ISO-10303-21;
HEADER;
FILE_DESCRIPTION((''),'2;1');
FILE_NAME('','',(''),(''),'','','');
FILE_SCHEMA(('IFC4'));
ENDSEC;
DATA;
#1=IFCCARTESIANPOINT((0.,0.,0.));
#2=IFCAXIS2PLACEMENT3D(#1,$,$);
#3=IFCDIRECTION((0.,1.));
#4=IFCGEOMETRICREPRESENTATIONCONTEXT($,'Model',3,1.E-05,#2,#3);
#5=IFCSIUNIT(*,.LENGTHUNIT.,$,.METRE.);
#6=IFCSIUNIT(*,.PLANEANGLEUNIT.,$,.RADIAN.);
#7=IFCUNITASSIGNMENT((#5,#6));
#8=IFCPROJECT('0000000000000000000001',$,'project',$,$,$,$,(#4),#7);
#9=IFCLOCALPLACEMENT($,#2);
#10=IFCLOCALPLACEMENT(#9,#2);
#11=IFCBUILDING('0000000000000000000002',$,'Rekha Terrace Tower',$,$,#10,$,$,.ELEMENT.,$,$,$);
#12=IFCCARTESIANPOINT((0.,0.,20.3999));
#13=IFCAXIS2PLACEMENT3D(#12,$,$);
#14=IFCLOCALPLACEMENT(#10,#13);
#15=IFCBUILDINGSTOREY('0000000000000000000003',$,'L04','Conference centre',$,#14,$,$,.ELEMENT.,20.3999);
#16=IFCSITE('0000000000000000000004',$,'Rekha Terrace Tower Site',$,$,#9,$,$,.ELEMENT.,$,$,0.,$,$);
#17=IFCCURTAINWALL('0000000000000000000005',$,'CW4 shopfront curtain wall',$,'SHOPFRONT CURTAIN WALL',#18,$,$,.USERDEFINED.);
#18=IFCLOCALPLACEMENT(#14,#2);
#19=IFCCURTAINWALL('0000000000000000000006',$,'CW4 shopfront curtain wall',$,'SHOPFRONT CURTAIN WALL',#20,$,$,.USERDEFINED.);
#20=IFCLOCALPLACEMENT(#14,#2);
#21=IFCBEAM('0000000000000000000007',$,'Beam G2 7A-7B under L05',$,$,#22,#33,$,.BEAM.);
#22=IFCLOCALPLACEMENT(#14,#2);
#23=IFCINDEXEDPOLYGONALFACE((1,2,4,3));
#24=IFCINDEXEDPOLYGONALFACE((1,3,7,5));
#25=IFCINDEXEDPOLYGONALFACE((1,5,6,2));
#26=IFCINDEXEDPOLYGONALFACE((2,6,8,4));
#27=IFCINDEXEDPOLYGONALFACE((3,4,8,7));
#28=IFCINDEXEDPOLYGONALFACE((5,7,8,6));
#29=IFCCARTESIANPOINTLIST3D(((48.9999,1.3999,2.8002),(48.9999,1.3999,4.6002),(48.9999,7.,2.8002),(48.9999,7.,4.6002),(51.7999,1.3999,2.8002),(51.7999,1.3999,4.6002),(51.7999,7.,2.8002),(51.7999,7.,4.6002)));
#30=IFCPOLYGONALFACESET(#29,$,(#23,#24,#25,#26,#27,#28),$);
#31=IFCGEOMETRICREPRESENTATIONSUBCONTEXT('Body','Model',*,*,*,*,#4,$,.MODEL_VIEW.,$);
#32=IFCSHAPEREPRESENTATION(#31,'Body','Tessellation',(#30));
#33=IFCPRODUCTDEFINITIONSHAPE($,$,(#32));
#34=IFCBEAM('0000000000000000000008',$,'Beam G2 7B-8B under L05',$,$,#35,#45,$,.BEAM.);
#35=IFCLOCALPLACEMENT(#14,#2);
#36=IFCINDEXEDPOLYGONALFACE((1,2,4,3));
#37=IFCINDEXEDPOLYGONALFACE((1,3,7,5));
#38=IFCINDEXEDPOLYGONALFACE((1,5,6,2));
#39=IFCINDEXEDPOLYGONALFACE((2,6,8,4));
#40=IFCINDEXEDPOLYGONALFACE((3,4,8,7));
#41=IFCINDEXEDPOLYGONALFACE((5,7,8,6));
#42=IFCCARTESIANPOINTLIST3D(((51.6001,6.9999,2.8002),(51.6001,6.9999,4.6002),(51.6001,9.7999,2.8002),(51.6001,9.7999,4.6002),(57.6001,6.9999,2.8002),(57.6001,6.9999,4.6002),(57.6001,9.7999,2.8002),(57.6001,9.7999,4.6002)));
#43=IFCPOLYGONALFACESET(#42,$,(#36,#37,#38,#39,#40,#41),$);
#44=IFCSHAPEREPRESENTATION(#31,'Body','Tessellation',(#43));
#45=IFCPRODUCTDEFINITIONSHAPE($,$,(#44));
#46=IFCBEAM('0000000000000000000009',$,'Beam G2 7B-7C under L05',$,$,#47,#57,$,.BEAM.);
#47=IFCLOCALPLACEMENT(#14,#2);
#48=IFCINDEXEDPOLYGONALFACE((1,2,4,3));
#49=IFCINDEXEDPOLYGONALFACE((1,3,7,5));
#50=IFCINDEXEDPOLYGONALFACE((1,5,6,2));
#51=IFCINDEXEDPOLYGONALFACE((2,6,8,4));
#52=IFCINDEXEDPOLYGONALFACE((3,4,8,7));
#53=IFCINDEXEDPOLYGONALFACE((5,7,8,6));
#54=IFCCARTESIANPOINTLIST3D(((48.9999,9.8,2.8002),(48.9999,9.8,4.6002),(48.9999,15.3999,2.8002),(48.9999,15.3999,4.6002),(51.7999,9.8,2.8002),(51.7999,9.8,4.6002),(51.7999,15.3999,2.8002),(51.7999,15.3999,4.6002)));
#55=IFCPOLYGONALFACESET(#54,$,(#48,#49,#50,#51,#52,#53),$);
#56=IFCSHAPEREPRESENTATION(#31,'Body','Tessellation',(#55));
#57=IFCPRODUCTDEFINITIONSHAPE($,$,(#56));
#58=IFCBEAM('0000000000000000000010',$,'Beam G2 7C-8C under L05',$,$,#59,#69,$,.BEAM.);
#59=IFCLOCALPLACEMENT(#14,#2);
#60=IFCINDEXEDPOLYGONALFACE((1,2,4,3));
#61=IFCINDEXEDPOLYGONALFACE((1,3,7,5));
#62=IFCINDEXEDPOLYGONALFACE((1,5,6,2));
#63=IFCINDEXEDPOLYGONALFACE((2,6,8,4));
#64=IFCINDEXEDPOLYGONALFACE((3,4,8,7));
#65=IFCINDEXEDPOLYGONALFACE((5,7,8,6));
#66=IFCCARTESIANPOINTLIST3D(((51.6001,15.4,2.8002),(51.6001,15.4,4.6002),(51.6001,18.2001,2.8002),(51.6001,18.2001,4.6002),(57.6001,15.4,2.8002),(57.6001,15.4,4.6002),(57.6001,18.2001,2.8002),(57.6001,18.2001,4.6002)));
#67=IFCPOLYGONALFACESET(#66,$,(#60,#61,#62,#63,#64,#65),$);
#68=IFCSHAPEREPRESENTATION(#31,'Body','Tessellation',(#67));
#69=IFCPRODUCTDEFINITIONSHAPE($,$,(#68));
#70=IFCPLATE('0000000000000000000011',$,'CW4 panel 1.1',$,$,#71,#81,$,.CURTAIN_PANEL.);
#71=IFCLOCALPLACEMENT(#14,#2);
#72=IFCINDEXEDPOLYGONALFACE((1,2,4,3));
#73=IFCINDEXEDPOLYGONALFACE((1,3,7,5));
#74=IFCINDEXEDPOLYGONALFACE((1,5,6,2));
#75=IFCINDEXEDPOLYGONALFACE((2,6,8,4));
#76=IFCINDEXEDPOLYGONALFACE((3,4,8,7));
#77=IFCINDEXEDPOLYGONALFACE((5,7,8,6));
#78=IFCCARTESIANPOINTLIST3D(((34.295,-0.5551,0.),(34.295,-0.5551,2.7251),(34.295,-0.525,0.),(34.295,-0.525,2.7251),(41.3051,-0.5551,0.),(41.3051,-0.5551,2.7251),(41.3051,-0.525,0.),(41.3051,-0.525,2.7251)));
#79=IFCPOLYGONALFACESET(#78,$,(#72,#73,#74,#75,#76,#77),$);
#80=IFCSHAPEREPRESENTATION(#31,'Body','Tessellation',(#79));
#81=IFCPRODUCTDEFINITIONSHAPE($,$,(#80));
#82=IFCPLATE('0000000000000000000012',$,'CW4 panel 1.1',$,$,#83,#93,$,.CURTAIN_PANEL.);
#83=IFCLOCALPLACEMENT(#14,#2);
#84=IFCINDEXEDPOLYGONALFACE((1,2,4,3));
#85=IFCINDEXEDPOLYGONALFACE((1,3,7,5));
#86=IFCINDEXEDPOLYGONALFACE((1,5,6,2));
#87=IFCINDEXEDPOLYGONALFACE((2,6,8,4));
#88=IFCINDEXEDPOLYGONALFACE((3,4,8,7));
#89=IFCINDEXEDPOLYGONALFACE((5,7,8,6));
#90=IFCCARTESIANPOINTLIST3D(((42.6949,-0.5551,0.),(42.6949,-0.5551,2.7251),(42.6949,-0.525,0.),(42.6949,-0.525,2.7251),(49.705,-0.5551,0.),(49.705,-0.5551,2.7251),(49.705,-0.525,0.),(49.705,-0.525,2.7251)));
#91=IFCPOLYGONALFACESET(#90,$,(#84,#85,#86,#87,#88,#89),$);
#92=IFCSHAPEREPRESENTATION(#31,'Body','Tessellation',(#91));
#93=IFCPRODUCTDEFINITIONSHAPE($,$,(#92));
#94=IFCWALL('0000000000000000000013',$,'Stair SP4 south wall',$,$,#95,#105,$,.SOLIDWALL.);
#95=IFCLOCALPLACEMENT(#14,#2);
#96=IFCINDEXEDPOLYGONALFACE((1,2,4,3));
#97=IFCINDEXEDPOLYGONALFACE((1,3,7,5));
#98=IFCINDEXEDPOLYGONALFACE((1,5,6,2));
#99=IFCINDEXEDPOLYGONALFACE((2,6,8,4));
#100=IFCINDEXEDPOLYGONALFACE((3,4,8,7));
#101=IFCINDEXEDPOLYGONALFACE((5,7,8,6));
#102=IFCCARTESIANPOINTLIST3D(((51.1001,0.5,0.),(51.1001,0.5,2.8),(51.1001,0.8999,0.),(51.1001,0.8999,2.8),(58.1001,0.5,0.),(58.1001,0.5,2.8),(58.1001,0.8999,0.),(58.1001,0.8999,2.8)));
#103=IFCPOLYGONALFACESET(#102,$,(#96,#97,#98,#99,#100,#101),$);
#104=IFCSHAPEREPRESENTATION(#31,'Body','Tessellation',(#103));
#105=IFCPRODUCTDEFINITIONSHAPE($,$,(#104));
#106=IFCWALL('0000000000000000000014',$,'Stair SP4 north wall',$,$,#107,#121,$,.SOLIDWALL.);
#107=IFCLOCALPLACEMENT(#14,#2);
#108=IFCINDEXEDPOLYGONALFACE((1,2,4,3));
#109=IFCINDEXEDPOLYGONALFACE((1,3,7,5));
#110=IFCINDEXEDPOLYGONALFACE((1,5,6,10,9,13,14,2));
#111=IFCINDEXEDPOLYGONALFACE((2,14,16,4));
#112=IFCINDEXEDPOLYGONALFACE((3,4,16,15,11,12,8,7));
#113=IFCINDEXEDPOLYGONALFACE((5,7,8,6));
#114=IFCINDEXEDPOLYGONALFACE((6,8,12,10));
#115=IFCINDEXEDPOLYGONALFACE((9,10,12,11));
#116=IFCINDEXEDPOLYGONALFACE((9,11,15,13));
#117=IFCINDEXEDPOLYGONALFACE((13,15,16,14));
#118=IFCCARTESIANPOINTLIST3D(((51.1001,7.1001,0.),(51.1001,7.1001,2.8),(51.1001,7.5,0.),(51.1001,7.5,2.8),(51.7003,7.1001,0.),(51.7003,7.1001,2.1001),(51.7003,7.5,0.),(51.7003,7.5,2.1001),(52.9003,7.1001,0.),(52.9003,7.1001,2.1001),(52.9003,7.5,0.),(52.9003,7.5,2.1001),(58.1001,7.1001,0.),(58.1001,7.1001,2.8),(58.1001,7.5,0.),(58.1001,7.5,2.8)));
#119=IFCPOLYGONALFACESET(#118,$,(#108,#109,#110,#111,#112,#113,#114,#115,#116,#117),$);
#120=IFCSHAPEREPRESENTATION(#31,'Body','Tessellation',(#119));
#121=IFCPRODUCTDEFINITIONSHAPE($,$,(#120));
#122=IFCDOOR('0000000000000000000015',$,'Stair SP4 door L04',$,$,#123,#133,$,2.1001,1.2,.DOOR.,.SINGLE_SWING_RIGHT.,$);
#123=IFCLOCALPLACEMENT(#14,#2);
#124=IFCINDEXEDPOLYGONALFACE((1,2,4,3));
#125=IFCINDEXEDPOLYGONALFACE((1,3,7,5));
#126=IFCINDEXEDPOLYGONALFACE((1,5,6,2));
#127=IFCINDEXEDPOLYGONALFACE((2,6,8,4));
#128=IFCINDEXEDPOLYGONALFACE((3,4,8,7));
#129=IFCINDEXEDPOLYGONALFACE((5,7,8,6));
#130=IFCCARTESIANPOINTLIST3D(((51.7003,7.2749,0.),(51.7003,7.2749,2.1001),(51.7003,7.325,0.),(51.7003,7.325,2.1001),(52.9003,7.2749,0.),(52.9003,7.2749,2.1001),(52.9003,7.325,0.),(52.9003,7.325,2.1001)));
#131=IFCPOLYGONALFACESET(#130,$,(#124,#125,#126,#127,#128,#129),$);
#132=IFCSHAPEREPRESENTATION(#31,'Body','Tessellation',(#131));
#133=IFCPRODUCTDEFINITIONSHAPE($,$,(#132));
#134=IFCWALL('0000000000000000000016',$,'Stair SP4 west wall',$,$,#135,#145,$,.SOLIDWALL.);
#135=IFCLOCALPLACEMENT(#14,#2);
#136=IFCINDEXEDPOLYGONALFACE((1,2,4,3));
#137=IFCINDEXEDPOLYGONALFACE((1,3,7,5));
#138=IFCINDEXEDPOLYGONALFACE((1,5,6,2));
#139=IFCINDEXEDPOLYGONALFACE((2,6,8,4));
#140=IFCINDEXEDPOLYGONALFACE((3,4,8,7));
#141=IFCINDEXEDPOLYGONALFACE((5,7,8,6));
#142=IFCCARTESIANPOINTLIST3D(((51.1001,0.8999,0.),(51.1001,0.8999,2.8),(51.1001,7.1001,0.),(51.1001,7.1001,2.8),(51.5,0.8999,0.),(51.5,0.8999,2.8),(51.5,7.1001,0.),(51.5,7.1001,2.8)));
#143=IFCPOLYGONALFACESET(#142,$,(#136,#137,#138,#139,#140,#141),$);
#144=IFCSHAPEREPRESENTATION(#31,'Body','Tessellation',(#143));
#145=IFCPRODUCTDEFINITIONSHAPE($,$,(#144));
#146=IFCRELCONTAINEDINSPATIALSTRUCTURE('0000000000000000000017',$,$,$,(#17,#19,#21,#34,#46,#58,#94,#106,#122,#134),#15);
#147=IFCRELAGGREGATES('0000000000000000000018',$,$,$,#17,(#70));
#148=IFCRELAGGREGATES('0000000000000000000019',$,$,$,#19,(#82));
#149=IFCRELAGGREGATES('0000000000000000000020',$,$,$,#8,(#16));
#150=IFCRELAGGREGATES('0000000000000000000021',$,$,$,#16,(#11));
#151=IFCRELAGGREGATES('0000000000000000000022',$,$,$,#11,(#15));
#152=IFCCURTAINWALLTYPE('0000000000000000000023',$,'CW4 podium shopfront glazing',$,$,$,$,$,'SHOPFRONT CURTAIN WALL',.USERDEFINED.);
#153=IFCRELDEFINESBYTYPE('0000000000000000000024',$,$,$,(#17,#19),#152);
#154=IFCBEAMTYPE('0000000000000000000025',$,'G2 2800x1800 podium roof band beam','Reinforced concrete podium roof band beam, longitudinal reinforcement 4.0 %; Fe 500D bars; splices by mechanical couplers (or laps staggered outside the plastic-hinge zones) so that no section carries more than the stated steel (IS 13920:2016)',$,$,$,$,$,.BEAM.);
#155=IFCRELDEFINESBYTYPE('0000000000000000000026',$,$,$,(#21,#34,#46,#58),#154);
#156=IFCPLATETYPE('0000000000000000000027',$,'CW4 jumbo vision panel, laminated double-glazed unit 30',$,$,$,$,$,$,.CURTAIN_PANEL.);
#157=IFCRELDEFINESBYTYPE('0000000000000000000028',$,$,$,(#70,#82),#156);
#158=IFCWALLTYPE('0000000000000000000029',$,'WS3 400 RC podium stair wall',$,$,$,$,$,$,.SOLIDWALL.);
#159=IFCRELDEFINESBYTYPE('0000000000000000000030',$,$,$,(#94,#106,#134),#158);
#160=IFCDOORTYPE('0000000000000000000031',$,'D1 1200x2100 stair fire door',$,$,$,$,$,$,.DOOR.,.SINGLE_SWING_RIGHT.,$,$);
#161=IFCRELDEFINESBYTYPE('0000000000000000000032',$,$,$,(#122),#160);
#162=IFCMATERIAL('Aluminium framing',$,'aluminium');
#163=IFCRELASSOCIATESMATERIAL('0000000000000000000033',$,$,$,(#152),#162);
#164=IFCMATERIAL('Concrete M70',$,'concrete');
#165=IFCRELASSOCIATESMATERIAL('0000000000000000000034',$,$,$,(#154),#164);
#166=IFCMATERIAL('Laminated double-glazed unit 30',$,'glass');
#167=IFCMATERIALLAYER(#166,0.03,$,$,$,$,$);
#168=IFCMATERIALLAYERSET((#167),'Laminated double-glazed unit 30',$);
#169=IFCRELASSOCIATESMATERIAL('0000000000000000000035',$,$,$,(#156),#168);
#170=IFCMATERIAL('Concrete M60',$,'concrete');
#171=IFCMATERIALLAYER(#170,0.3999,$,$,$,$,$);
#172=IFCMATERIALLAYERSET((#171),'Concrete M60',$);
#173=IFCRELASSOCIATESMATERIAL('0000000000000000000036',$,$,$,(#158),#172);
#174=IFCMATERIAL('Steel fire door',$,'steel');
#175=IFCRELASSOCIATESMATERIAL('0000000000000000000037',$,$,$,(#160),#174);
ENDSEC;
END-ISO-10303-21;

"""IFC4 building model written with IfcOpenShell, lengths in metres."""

from ifc_helpers import new_model, si_unit, direction, frame, frame_2d, origin, origin_2d, place, context, subcontext, project, spatial, rectangle, extrude, material, layer, layer_set, material_profile, profile_set, type_object, element, fill, aggregate, save


model = new_model("IFC4")

# Units and contexts
model_context = context("Model", 3, precision=1e-05, world=origin(), true_north=direction((0.0, 1.0)))
body_context = subcontext(model_context, "Body", "Model", "MODEL_VIEW")
ifc_project = project(units=[si_unit("LENGTHUNIT", "METRE"), si_unit("PLANEANGLEUNIT", "RADIAN")], contexts=[model_context])

# Site, building, storey
site_placement = place(None, origin())
site = spatial("IfcSite", under=ifc_project, at=site_placement, Name="Rekha Terrace Tower Site", CompositionType="ELEMENT", RefElevation=0.0)
building_placement = place(site_placement, origin())
building = spatial("IfcBuilding", under=site, at=building_placement, Name="Rekha Terrace Tower", CompositionType="ELEMENT")
storey_placement = place(building_placement, frame((0.0, 0.0, 20.3999)))
storey = spatial("IfcBuildingStorey", under=building, at=storey_placement, Name="L04", Description="Conference centre", CompositionType="ELEMENT", Elevation=20.3999)

# Shared definitions
ifc_material_1 = material(Name="Concrete M70", Category="concrete")
ifc_material_2 = material(Name="Concrete M60", Category="concrete")

# Curtain walls
ifc_material_3 = material(Name="Aluminium framing", Category="aluminium")
curtain_wall_type = type_object("IfcCurtainWallType", Name="CW4 podium shopfront glazing", ElementType="SHOPFRONT CURTAIN WALL", PredefinedType="USERDEFINED", material=ifc_material_3)
curtain_wall_1_placement = place(storey_placement, origin())
curtain_wall_1 = element("IfcCurtainWall", 1, at=curtain_wall_1_placement, inside=storey, type_object=curtain_wall_type, Name="CW4 shopfront curtain wall", ObjectType="SHOPFRONT CURTAIN WALL", PredefinedType="USERDEFINED")
curtain_wall_2_placement = place(storey_placement, origin())
curtain_wall_2 = element("IfcCurtainWall", 2, at=curtain_wall_2_placement, inside=storey, type_object=curtain_wall_type, Name="CW4 shopfront curtain wall", ObjectType="SHOPFRONT CURTAIN WALL", PredefinedType="USERDEFINED")

# Beams
ifc_material_profile_1 = material_profile(ifc_material_1, rectangle(XDim=2.8, YDim=1.8, at=origin_2d()), Name="RC 2800x1800")
ifc_profile_set_1 = profile_set([ifc_material_profile_1], Name="Concrete M70")
beam_type = type_object("IfcBeamType", Name="G2 2800x1800 podium roof band beam", Description="Reinforced concrete podium roof band beam, longitudinal reinforcement 4.0 %; Fe 500D bars; splices by mechanical couplers (or laps staggered outside the plastic-hinge zones) so that no section carries more than the stated steel (IS 13920:2016)", PredefinedType="BEAM", material=ifc_profile_set_1)
beam_1_placement = place(storey_placement, frame((50.3999, 1.3999, 3.7002), z_axis=(0.0, 1.0, 0.0), x_axis=(-1.0, 0.0, 0.0)))
element("IfcBeam", 3, at=beam_1_placement, inside=storey, type_object=beam_type, Name="Beam G2 7A-7B under L05", PredefinedType="BEAM", context=body_context, shape_type="SweptSolid", body=[
    extrude(rectangle(XDim=2.8, YDim=1.8, at=origin_2d()), origin(), (0.0, 0.0, 1.0), 5.6001),
])
beam_2_placement = place(storey_placement, frame((51.6001, 8.3999, 3.7002), z_axis=(1.0, 0.0, 0.0), x_axis=(0.0, 1.0, 0.0)))
element("IfcBeam", 4, at=beam_2_placement, inside=storey, type_object=beam_type, Name="Beam G2 7B-8B under L05", PredefinedType="BEAM", context=body_context, shape_type="SweptSolid", body=[
    extrude(rectangle(XDim=2.8, YDim=1.8, at=origin_2d()), origin(), (0.0, 0.0, 1.0), 6.0),
])
beam_3_placement = place(storey_placement, frame((50.3999, 9.8, 3.7002), z_axis=(0.0, 1.0, 0.0), x_axis=(-1.0, 0.0, 0.0)))
element("IfcBeam", 5, at=beam_3_placement, inside=storey, type_object=beam_type, Name="Beam G2 7B-7C under L05", PredefinedType="BEAM", context=body_context, shape_type="SweptSolid", body=[
    extrude(rectangle(XDim=2.8, YDim=1.8, at=origin_2d()), origin(), (0.0, 0.0, 1.0), 5.5999),
])
beam_4_placement = place(storey_placement, frame((51.6001, 16.8, 3.7002), z_axis=(1.0, 0.0, 0.0), x_axis=(0.0, 1.0, 0.0)))
element("IfcBeam", 6, at=beam_4_placement, inside=storey, type_object=beam_type, Name="Beam G2 7C-8C under L05", PredefinedType="BEAM", context=body_context, shape_type="SweptSolid", body=[
    extrude(rectangle(XDim=2.8, YDim=1.8, at=origin_2d()), origin(), (0.0, 0.0, 1.0), 6.0),
])

# Plates
ifc_material_4 = material(Name="Laminated double-glazed unit 30", Category="glass")
ifc_layer_1 = layer(ifc_material_4, 0.03)
ifc_layer_set_1 = layer_set([ifc_layer_1], Name="Laminated double-glazed unit 30")
plate_type = type_object("IfcPlateType", Name="CW4 jumbo vision panel, laminated double-glazed unit 30", PredefinedType="CURTAIN_PANEL", material=ifc_layer_set_1)
plate_1_placement = place(storey_placement, frame((37.8, -0.54, 0.0), z_axis=(0.0, 0.0, 1.0), x_axis=(1.0, 0.0, 0.0)))
plate_1 = element("IfcPlate", 7, at=plate_1_placement, type_object=plate_type, Name="CW4 panel 1.1", PredefinedType="CURTAIN_PANEL", context=body_context, shape_type="SweptSolid", body=[
    extrude(rectangle(XDim=7.01, YDim=0.03, at=origin_2d()), origin(), (0.0, 0.0, 1.0), 2.7251),
])
aggregate(curtain_wall_1, [plate_1])
plate_2_placement = place(storey_placement, frame((46.2, -0.54, 0.0), z_axis=(0.0, 0.0, 1.0), x_axis=(1.0, 0.0, 0.0)))
plate_2 = element("IfcPlate", 8, at=plate_2_placement, type_object=plate_type, Name="CW4 panel 1.1", PredefinedType="CURTAIN_PANEL", context=body_context, shape_type="SweptSolid", body=[
    extrude(rectangle(XDim=7.01, YDim=0.03, at=origin_2d()), origin(), (0.0, 0.0, 1.0), 2.7251),
])
aggregate(curtain_wall_2, [plate_2])

# Wall
ifc_layer_2 = layer(ifc_material_2, 0.3999)
ifc_layer_set_2 = layer_set([ifc_layer_2], Name="Concrete M60")
wall_type = type_object("IfcWallType", Name="WS3 400 RC podium stair wall", PredefinedType="SOLIDWALL", material=ifc_layer_set_2)
wall_1_placement = place(storey_placement, frame((51.1001, 0.7, 0.0), z_axis=(0.0, 0.0, 1.0), x_axis=(1.0, 0.0, 0.0)))
element("IfcWall", 9, at=wall_1_placement, inside=storey, type_object=wall_type, Name="Stair SP4 south wall", PredefinedType="SOLIDWALL", context=body_context, shape_type="SweptSolid", body=[
    extrude(rectangle(XDim=7.0, YDim=0.3999, at=frame_2d((3.5, 0.0))), origin(), (0.0, 0.0, 1.0), 2.8),
])

# Wall, opening, door
wall_2_placement = place(storey_placement, frame((51.1001, 7.3, 0.0), z_axis=(0.0, 0.0, 1.0), x_axis=(1.0, 0.0, 0.0)))
wall_2 = element("IfcWall", 10, at=wall_2_placement, inside=storey, type_object=wall_type, Name="Stair SP4 north wall", PredefinedType="SOLIDWALL", context=body_context, shape_type="SweptSolid", body=[
    extrude(rectangle(XDim=7.0, YDim=0.3999, at=frame_2d((3.5, 0.0))), origin(), (0.0, 0.0, 1.0), 2.8),
])
opening_placement = place(wall_2_placement, frame((0.6001, 0.0, 0.0)))
opening = element("IfcOpeningElement", 11, at=opening_placement, cuts=wall_2, PredefinedType="OPENING", context=body_context, shape_type="SweptSolid", body=[
    extrude(rectangle(XDim=1.2, YDim=2.1001, at=frame_2d((0.6001, 1.05))), frame((0.0, 0.21, 0.0), z_axis=(0.0, -1.0, 0.0), x_axis=(1.0, 0.0, 0.0)), (0.0, 0.0, 1.0), 0.4199),
])
ifc_material_5 = material(Name="Steel fire door", Category="steel")
door_type = type_object("IfcDoorType", Name="D1 1200x2100 stair fire door", OperationType="SINGLE_SWING_RIGHT", PredefinedType="DOOR", material=ifc_material_5)
door_placement = place(opening_placement, origin())
door = element("IfcDoor", 12, at=door_placement, inside=storey, type_object=door_type, Name="Stair SP4 door L04", OperationType="SINGLE_SWING_RIGHT", OverallHeight=2.1001, OverallWidth=1.2, PredefinedType="DOOR", context=body_context, shape_type="SweptSolid", body=[
    extrude(rectangle(XDim=1.2, YDim=2.1001, at=frame_2d((0.6001, 1.05))), frame((0.0, 0.0249, 0.0), z_axis=(0.0, -1.0, 0.0), x_axis=(1.0, 0.0, 0.0)), (0.0, 0.0, 1.0), 0.05),
])
fill(opening, door)

# Wall
wall_3_placement = place(storey_placement, frame((51.3, 0.8999, 0.0), z_axis=(0.0, 0.0, 1.0), x_axis=(0.0, 1.0, 0.0)))
element("IfcWall", 13, at=wall_3_placement, inside=storey, type_object=wall_type, Name="Stair SP4 west wall", PredefinedType="SOLIDWALL", context=body_context, shape_type="SweptSolid", body=[
    extrude(rectangle(XDim=6.2002, YDim=0.3999, at=frame_2d((3.1001, 0.0))), origin(), (0.0, 0.0, 1.0), 2.8),
])

save(model, "model.ifc")
